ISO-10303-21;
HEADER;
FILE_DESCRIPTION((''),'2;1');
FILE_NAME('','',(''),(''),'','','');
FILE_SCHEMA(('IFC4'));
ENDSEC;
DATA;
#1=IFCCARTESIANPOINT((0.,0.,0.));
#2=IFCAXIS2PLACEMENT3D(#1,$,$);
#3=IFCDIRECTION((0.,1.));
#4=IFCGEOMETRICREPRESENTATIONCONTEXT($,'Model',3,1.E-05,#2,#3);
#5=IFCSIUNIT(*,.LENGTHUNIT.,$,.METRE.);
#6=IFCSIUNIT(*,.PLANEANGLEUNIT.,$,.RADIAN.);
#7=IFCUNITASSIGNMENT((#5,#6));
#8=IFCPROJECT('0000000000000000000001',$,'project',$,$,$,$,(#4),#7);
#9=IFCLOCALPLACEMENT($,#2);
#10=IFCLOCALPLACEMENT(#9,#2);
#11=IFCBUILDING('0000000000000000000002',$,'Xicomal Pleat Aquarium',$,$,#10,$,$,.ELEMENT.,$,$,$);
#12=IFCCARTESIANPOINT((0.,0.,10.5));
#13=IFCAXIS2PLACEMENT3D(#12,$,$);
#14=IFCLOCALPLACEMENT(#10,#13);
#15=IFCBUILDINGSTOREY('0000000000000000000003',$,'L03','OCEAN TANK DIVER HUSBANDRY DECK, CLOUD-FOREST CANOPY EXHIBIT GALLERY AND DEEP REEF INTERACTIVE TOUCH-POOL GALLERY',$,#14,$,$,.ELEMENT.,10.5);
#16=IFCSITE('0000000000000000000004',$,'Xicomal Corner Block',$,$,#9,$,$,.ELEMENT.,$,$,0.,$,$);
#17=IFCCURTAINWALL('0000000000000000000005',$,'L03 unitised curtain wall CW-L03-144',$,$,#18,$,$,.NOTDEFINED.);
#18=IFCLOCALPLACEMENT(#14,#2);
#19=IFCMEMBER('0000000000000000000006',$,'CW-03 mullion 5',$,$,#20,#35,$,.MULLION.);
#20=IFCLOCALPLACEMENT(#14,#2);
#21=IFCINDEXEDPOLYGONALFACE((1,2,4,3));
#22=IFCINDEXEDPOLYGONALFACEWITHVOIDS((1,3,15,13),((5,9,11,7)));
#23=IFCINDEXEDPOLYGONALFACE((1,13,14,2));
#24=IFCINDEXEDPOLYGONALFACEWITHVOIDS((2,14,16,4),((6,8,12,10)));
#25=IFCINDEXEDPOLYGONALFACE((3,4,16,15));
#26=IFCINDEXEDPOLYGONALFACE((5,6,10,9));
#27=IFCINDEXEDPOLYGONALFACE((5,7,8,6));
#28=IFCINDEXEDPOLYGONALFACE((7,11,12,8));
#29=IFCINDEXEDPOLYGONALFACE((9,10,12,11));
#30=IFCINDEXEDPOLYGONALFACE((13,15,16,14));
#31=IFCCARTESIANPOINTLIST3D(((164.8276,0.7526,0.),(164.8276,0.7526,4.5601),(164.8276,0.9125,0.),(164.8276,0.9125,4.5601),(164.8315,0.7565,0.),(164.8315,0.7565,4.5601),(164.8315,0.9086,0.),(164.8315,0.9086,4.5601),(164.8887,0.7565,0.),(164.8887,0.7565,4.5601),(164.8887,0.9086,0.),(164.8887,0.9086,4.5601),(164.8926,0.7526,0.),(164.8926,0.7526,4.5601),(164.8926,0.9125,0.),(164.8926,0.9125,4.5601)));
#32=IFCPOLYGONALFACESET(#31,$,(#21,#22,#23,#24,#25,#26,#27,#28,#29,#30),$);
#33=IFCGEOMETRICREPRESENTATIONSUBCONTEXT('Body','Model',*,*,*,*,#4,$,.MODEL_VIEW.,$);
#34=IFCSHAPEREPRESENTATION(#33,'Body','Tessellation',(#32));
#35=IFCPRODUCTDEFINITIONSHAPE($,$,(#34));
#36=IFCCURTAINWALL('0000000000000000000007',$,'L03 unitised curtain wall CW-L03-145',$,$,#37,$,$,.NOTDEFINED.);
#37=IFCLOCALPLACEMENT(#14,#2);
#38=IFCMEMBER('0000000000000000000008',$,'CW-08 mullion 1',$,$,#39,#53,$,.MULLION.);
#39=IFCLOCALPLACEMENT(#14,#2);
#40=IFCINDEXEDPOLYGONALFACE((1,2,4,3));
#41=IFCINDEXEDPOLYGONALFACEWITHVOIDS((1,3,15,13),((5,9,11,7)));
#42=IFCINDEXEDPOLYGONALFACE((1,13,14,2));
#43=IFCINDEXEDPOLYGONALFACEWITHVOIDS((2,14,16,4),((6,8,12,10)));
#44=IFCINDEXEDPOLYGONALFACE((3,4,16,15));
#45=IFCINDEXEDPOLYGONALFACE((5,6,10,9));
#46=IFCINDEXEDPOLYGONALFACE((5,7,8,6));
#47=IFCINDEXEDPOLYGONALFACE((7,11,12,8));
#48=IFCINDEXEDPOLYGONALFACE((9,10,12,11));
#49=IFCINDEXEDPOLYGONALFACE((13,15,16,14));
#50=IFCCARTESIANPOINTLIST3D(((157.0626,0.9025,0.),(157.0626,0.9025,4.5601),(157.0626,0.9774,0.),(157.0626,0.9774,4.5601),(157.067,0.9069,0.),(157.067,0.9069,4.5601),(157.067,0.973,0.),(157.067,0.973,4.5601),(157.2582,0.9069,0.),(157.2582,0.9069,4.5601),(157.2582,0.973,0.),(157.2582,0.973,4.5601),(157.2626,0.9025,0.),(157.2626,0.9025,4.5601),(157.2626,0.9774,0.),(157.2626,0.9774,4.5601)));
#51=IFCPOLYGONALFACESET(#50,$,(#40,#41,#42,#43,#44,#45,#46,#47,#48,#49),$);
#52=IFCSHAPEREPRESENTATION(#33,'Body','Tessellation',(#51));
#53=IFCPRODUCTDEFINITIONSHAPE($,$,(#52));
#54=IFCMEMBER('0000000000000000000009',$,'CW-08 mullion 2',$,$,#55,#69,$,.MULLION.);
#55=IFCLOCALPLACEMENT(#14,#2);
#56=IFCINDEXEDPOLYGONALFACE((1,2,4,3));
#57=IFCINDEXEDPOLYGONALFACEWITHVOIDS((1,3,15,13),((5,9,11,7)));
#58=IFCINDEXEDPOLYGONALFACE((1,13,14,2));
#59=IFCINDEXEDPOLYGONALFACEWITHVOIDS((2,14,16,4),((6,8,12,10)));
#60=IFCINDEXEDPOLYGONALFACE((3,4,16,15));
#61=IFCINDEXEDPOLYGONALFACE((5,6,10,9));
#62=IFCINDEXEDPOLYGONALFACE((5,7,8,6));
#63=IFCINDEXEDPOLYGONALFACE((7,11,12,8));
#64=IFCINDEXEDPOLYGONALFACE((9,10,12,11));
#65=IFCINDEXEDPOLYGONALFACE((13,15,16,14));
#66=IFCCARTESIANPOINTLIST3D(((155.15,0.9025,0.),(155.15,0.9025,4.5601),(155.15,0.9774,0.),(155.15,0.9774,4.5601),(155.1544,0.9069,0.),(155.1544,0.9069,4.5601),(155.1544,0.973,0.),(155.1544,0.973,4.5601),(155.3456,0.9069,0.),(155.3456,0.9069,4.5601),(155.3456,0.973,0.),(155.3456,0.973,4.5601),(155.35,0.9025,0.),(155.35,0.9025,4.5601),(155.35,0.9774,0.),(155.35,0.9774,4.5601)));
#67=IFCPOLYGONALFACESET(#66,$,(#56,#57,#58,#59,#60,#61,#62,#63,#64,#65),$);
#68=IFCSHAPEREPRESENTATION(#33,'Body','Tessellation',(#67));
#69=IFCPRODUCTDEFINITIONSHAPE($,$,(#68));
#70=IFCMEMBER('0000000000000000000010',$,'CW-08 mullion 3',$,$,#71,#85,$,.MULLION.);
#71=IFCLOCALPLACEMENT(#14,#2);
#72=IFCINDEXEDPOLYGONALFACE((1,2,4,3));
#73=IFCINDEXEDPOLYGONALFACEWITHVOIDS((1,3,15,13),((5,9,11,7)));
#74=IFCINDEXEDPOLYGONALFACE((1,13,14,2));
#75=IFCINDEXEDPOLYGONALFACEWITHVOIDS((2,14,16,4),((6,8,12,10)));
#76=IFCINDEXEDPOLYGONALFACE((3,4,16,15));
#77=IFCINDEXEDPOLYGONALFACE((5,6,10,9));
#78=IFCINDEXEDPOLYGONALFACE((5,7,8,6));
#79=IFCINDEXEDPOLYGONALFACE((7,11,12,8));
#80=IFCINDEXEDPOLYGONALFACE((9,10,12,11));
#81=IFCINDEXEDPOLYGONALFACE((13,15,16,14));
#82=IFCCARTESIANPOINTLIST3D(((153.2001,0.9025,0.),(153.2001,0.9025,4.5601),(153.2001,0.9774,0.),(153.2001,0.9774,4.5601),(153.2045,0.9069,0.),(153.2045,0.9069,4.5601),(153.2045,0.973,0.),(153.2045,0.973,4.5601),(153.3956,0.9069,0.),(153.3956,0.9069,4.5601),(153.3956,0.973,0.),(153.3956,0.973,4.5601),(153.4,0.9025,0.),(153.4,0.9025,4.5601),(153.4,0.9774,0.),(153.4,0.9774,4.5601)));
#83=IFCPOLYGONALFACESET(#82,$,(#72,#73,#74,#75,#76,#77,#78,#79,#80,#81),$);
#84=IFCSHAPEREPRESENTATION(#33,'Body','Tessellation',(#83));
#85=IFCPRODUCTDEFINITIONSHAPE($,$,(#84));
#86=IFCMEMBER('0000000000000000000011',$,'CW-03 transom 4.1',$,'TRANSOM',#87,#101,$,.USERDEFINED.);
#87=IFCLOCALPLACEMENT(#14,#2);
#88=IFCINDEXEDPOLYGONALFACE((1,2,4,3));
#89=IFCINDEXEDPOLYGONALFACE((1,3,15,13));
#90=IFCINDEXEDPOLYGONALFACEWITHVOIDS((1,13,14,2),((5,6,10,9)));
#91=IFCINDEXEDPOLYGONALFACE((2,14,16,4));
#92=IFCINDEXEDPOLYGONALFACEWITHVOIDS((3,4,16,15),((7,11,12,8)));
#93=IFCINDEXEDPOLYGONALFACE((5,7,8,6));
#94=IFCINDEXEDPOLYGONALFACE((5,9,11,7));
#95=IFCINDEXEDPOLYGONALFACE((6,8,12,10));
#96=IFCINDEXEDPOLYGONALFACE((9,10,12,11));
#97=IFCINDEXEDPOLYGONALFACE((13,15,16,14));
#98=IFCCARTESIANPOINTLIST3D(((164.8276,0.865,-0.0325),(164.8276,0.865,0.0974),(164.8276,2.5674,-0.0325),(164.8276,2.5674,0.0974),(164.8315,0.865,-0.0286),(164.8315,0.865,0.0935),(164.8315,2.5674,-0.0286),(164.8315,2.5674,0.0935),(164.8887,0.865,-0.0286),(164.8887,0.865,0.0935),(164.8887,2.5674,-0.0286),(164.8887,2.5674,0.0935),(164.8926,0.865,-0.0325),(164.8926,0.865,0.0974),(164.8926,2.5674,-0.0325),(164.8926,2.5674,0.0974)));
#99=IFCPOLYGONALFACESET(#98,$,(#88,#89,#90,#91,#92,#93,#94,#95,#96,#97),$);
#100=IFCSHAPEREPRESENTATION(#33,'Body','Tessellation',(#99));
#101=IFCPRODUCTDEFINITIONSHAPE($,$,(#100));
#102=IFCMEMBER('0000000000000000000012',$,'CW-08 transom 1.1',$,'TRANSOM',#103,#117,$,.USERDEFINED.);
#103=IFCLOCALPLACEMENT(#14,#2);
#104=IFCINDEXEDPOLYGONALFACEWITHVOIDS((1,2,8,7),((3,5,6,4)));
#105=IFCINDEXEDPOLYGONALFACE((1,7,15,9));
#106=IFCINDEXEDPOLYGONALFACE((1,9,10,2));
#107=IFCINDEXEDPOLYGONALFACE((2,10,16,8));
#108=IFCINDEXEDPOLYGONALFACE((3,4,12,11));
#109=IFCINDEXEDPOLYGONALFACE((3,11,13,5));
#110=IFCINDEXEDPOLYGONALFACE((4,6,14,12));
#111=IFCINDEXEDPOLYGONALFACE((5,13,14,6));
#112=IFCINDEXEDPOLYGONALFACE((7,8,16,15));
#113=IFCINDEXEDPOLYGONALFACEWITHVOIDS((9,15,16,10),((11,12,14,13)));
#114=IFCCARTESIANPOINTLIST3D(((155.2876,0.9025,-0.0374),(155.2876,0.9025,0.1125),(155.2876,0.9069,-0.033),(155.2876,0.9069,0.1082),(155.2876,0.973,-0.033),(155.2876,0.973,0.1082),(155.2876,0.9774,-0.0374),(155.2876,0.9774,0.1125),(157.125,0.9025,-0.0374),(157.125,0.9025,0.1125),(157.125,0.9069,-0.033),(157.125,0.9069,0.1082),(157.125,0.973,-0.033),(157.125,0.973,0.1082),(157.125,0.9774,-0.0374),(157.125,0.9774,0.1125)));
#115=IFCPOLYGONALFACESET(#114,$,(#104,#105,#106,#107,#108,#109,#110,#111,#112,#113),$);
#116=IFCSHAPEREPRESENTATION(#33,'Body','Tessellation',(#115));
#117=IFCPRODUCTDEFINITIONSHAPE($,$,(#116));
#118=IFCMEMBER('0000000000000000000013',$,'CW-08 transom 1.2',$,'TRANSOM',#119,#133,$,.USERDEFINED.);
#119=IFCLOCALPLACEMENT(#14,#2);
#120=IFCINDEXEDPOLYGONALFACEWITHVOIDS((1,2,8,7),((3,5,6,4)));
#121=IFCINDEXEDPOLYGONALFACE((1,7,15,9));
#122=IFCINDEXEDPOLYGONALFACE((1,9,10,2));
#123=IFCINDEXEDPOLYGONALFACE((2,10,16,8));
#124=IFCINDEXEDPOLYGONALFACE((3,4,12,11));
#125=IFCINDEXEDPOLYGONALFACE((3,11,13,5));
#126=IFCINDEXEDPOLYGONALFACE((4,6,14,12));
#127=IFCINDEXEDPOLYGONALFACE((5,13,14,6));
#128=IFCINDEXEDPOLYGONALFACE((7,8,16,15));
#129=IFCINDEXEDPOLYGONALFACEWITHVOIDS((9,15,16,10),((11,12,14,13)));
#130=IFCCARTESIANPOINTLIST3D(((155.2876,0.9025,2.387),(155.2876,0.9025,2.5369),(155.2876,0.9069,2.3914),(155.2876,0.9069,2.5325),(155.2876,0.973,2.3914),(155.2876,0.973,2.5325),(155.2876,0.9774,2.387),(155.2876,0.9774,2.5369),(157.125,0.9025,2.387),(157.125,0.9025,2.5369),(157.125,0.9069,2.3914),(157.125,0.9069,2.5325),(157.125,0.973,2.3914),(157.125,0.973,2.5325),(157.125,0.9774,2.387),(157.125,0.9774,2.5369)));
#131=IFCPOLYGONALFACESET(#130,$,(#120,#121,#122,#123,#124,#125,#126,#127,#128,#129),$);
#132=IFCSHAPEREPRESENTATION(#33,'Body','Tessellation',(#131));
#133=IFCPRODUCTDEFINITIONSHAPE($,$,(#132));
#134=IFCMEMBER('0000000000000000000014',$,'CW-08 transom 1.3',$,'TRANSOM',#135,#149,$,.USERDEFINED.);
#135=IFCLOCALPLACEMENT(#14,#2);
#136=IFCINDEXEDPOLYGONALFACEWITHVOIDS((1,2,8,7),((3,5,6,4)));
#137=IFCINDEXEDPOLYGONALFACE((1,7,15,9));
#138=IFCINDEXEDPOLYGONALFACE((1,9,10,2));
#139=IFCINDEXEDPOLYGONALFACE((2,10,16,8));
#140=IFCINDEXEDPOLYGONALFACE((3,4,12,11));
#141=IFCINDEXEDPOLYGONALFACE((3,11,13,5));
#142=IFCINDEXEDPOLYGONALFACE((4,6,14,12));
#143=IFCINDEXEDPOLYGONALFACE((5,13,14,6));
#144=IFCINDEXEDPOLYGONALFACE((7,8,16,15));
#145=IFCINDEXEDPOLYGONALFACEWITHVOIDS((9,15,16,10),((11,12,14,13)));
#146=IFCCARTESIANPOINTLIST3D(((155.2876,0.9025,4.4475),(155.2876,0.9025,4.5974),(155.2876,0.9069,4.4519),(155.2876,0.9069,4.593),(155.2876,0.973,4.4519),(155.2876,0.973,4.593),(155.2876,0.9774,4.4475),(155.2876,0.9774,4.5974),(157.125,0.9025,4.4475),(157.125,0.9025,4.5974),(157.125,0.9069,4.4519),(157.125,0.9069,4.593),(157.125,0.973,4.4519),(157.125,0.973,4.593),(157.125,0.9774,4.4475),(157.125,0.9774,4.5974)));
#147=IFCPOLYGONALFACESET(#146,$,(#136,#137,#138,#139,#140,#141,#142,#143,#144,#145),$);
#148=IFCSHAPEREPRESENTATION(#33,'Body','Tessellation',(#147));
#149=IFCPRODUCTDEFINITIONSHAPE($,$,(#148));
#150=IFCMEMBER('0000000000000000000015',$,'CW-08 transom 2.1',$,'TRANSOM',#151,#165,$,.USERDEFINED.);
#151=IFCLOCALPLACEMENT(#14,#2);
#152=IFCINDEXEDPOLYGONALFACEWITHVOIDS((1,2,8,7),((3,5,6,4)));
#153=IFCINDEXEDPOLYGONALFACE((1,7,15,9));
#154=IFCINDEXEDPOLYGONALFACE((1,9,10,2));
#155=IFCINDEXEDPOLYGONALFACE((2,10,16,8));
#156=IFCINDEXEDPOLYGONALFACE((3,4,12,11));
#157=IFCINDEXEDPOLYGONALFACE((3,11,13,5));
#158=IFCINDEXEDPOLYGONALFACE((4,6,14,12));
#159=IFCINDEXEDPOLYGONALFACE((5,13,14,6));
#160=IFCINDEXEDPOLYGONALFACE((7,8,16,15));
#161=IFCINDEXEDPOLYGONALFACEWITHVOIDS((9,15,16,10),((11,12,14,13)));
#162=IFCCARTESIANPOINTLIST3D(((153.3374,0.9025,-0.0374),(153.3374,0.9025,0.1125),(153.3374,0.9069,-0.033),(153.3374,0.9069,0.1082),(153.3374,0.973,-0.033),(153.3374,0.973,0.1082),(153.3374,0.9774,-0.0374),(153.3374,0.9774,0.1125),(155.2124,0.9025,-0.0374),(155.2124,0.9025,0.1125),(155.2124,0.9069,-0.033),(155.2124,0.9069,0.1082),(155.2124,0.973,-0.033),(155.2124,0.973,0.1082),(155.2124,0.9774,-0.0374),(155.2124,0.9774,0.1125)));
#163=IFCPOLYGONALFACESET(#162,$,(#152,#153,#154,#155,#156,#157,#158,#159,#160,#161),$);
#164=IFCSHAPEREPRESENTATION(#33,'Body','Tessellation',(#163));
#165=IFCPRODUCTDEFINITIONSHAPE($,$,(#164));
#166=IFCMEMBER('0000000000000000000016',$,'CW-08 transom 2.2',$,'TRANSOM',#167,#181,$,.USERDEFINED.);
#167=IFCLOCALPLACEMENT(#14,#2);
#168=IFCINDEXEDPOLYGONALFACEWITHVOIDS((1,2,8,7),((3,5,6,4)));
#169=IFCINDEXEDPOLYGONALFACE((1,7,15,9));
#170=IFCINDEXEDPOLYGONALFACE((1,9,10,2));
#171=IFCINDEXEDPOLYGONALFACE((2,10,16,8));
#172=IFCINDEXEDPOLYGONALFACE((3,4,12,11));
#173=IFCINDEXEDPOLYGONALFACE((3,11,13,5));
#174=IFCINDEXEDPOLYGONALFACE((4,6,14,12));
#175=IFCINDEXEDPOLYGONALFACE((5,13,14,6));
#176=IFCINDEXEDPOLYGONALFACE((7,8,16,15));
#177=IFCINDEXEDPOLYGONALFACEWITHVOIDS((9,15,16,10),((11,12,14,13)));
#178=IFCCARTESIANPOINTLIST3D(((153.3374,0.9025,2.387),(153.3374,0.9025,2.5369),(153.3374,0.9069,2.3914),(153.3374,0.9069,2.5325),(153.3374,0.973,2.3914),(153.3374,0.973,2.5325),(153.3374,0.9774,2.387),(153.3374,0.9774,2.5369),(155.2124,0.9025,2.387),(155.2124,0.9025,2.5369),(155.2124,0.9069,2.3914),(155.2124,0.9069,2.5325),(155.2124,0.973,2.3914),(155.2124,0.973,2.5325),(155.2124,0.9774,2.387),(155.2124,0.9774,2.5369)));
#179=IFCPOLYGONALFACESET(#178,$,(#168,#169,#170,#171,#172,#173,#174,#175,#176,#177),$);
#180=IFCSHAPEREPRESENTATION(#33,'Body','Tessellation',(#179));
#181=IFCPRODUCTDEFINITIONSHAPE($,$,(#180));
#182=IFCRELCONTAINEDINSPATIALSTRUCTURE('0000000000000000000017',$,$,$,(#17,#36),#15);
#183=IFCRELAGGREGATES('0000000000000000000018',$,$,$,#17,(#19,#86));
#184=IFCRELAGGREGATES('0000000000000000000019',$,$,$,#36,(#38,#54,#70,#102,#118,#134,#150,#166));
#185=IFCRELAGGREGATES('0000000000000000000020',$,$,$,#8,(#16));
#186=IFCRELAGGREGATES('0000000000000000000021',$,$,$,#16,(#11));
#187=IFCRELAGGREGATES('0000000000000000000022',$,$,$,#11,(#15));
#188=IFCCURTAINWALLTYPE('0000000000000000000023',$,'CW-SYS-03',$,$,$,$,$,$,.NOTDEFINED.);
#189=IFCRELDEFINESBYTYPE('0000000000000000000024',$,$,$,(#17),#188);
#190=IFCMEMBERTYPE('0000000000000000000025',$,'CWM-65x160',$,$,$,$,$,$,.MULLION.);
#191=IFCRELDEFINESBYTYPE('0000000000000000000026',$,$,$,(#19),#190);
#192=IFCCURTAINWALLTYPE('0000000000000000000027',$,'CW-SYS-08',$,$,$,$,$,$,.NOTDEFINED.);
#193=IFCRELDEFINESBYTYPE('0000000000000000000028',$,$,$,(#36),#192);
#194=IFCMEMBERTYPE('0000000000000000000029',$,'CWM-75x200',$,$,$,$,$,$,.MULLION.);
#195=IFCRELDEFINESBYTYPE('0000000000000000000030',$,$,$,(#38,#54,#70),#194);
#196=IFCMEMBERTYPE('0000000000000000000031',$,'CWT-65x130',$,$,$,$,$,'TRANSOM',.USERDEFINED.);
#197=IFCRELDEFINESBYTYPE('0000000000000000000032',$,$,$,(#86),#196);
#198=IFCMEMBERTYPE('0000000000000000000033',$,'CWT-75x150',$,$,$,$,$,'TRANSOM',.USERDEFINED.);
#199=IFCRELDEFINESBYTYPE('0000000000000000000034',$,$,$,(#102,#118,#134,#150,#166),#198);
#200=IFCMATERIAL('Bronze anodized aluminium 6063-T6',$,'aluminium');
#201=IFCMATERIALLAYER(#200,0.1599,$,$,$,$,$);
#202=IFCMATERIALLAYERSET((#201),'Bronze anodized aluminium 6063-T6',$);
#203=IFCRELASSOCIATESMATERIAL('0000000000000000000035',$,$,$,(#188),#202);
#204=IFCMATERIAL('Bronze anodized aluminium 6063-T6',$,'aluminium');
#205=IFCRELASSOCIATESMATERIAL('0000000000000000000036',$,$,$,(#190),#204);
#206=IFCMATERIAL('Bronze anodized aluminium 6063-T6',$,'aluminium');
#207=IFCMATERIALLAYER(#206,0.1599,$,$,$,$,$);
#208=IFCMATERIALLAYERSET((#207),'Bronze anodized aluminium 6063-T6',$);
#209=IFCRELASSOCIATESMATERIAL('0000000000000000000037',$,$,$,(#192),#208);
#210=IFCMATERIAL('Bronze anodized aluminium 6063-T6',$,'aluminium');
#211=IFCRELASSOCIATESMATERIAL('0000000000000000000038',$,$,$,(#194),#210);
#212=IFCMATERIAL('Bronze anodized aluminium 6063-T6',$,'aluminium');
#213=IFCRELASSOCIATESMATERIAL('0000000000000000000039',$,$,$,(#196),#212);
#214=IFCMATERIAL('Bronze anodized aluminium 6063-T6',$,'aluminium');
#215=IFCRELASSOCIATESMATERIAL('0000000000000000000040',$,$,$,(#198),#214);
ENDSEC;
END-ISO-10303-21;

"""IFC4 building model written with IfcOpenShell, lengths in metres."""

from ifc_helpers import new_model, si_unit, direction, frame, origin, origin_2d, place, context, subcontext, project, spatial, hollow_rectangle, extrude, material, layer, layer_set, material_profile, profile_set, type_object, element, aggregate, save


model = new_model("IFC4")

# Units and contexts
model_context = context("Model", 3, precision=1e-05, world=origin(), true_north=direction((0.0, 1.0)))
body_context = subcontext(model_context, "Body", "Model", "MODEL_VIEW")
ifc_project = project(units=[si_unit("LENGTHUNIT", "METRE"), si_unit("PLANEANGLEUNIT", "RADIAN")], contexts=[model_context])

# Site, building, storey
site_placement = place(None, origin())
site = spatial("IfcSite", under=ifc_project, at=site_placement, Name="Xicomal Corner Block", CompositionType="ELEMENT", RefElevation=0.0)
building_placement = place(site_placement, origin())
building = spatial("IfcBuilding", under=site, at=building_placement, Name="Xicomal Pleat Aquarium", CompositionType="ELEMENT")
storey_placement = place(building_placement, frame((0.0, 0.0, 10.5)))
storey = spatial("IfcBuildingStorey", under=building, at=storey_placement, Name="L03", Description="OCEAN TANK DIVER HUSBANDRY DECK, CLOUD-FOREST CANOPY EXHIBIT GALLERY AND DEEP REEF INTERACTIVE TOUCH-POOL GALLERY", CompositionType="ELEMENT", Elevation=10.5)

# Curtain wall, member
ifc_material_1 = material(Name="Bronze anodized aluminium 6063-T6", Category="aluminium")
ifc_layer_1 = layer(ifc_material_1, 0.1599)
ifc_layer_set_1 = layer_set([ifc_layer_1], Name="Bronze anodized aluminium 6063-T6")
curtain_wall_type_1 = type_object("IfcCurtainWallType", Name="CW-SYS-03", PredefinedType="NOTDEFINED", material=ifc_layer_set_1)
curtain_wall_1_placement = place(storey_placement, origin())
curtain_wall_1 = element("IfcCurtainWall", 1, at=curtain_wall_1_placement, inside=storey, type_object=curtain_wall_type_1, Name="L03 unitised curtain wall CW-L03-144", PredefinedType="NOTDEFINED")
ifc_material_2 = material(Name="Bronze anodized aluminium 6063-T6", Category="aluminium")
ifc_material_profile_1 = material_profile(ifc_material_2, hollow_rectangle(XDim=0.0649, YDim=0.1599, WallThickness=0.0039, at=origin_2d()), Name="ALU MULL 65x160")
ifc_profile_set_1 = profile_set([ifc_material_profile_1], Name="Bronze anodized aluminium 6063-T6")
member_type_1 = type_object("IfcMemberType", Name="CWM-65x160", PredefinedType="MULLION", material=ifc_profile_set_1)
member_1_placement = place(storey_placement, frame((164.8601, 0.8325, 0.0), z_axis=(0.0, 0.0, 1.0), x_axis=(1.0, 0.0, 0.0)))
member_1 = element("IfcMember", 2, at=member_1_placement, type_object=member_type_1, Name="CW-03 mullion 5", PredefinedType="MULLION", context=body_context, shape_type="SweptSolid", body=[
    extrude(hollow_rectangle(XDim=0.0649, YDim=0.1599, WallThickness=0.0039, at=origin_2d()), origin(), (0.0, 0.0, 1.0), 4.5601),
])

# Curtain wall, members
ifc_material_3 = material(Name="Bronze anodized aluminium 6063-T6", Category="aluminium")
ifc_layer_2 = layer(ifc_material_3, 0.1599)
ifc_layer_set_2 = layer_set([ifc_layer_2], Name="Bronze anodized aluminium 6063-T6")
curtain_wall_type_2 = type_object("IfcCurtainWallType", Name="CW-SYS-08", PredefinedType="NOTDEFINED", material=ifc_layer_set_2)
curtain_wall_2_placement = place(storey_placement, origin())
curtain_wall_2 = element("IfcCurtainWall", 3, at=curtain_wall_2_placement, inside=storey, type_object=curtain_wall_type_2, Name="L03 unitised curtain wall CW-L03-145", PredefinedType="NOTDEFINED")
ifc_material_4 = material(Name="Bronze anodized aluminium 6063-T6", Category="aluminium")
ifc_material_profile_2 = material_profile(ifc_material_4, hollow_rectangle(XDim=0.075, YDim=0.2, WallThickness=0.0044, at=origin_2d()), Name="ALU MULL 75x200")
ifc_profile_set_2 = profile_set([ifc_material_profile_2], Name="Bronze anodized aluminium 6063-T6")
member_type_2 = type_object("IfcMemberType", Name="CWM-75x200", PredefinedType="MULLION", material=ifc_profile_set_2)
member_2_placement = place(storey_placement, frame((157.1626, 0.9399, 0.0), z_axis=(0.0, 0.0, 1.0), x_axis=(0.0, -1.0, 0.0)))
member_2 = element("IfcMember", 4, at=member_2_placement, type_object=member_type_2, Name="CW-08 mullion 1", PredefinedType="MULLION", context=body_context, shape_type="SweptSolid", body=[
    extrude(hollow_rectangle(XDim=0.075, YDim=0.2, WallThickness=0.0044, at=origin_2d()), origin(), (0.0, 0.0, 1.0), 4.5601),
])
member_3_placement = place(storey_placement, frame((155.25, 0.9399, 0.0), z_axis=(0.0, 0.0, 1.0), x_axis=(0.0, -1.0, 0.0)))
member_3 = element("IfcMember", 5, at=member_3_placement, type_object=member_type_2, Name="CW-08 mullion 2", PredefinedType="MULLION", context=body_context, shape_type="SweptSolid", body=[
    extrude(hollow_rectangle(XDim=0.075, YDim=0.2, WallThickness=0.0044, at=origin_2d()), origin(), (0.0, 0.0, 1.0), 4.5601),
])
member_4_placement = place(storey_placement, frame((153.3, 0.9399, 0.0), z_axis=(0.0, 0.0, 1.0), x_axis=(0.0, -1.0, 0.0)))
member_4 = element("IfcMember", 6, at=member_4_placement, type_object=member_type_2, Name="CW-08 mullion 3", PredefinedType="MULLION", context=body_context, shape_type="SweptSolid", body=[
    extrude(hollow_rectangle(XDim=0.075, YDim=0.2, WallThickness=0.0044, at=origin_2d()), origin(), (0.0, 0.0, 1.0), 4.5601),
])

# Members
ifc_material_5 = material(Name="Bronze anodized aluminium 6063-T6", Category="aluminium")
ifc_material_profile_3 = material_profile(ifc_material_5, hollow_rectangle(XDim=0.0649, YDim=0.1299, WallThickness=0.0039, at=origin_2d()), Name="ALU TRAN 65x130")
ifc_profile_set_3 = profile_set([ifc_material_profile_3], Name="Bronze anodized aluminium 6063-T6")
member_type_3 = type_object("IfcMemberType", Name="CWT-65x130", ElementType="TRANSOM", PredefinedType="USERDEFINED", material=ifc_profile_set_3)
member_5_placement = place(storey_placement, frame((164.8601, 2.5674, 0.0325), z_axis=(0.0, -1.0, 0.0), x_axis=(1.0, 0.0, 0.0)))
member_5 = element("IfcMember", 7, at=member_5_placement, type_object=member_type_3, Name="CW-03 transom 4.1", ObjectType="TRANSOM", PredefinedType="USERDEFINED", context=body_context, shape_type="SweptSolid", body=[
    extrude(hollow_rectangle(XDim=0.0649, YDim=0.1299, WallThickness=0.0039, at=origin_2d()), origin(), (0.0, 0.0, 1.0), 1.7024),
])
ifc_material_6 = material(Name="Bronze anodized aluminium 6063-T6", Category="aluminium")
ifc_material_profile_4 = material_profile(ifc_material_6, hollow_rectangle(XDim=0.075, YDim=0.1499, WallThickness=0.0044, at=origin_2d()), Name="ALU TRAN 75x150")
ifc_profile_set_4 = profile_set([ifc_material_profile_4], Name="Bronze anodized aluminium 6063-T6")
member_type_4 = type_object("IfcMemberType", Name="CWT-75x150", ElementType="TRANSOM", PredefinedType="USERDEFINED", material=ifc_profile_set_4)
member_6_placement = place(storey_placement, frame((157.125, 0.9399, 0.0376), z_axis=(-1.0, 0.0, 0.0), x_axis=(0.0, -1.0, 0.0)))
member_6 = element("IfcMember", 8, at=member_6_placement, type_object=member_type_4, Name="CW-08 transom 1.1", ObjectType="TRANSOM", PredefinedType="USERDEFINED", context=body_context, shape_type="SweptSolid", body=[
    extrude(hollow_rectangle(XDim=0.075, YDim=0.1499, WallThickness=0.0044, at=origin_2d()), origin(), (0.0, 0.0, 1.0), 1.8374),
])
member_7_placement = place(storey_placement, frame((157.125, 0.9399, 2.4619), z_axis=(-1.0, 0.0, 0.0), x_axis=(0.0, -1.0, 0.0)))
member_7 = element("IfcMember", 9, at=member_7_placement, type_object=member_type_4, Name="CW-08 transom 1.2", ObjectType="TRANSOM", PredefinedType="USERDEFINED", context=body_context, shape_type="SweptSolid", body=[
    extrude(hollow_rectangle(XDim=0.075, YDim=0.1499, WallThickness=0.0044, at=origin_2d()), origin(), (0.0, 0.0, 1.0), 1.8374),
])
member_8_placement = place(storey_placement, frame((157.125, 0.9399, 4.5225), z_axis=(-1.0, 0.0, 0.0), x_axis=(0.0, -1.0, 0.0)))
member_8 = element("IfcMember", 10, at=member_8_placement, type_object=member_type_4, Name="CW-08 transom 1.3", ObjectType="TRANSOM", PredefinedType="USERDEFINED", context=body_context, shape_type="SweptSolid", body=[
    extrude(hollow_rectangle(XDim=0.075, YDim=0.1499, WallThickness=0.0044, at=origin_2d()), origin(), (0.0, 0.0, 1.0), 1.8374),
])
member_9_placement = place(storey_placement, frame((155.2124, 0.9399, 0.0376), z_axis=(-1.0, 0.0, 0.0), x_axis=(0.0, -1.0, 0.0)))
member_9 = element("IfcMember", 11, at=member_9_placement, type_object=member_type_4, Name="CW-08 transom 2.1", ObjectType="TRANSOM", PredefinedType="USERDEFINED", context=body_context, shape_type="SweptSolid", body=[
    extrude(hollow_rectangle(XDim=0.075, YDim=0.1499, WallThickness=0.0044, at=origin_2d()), origin(), (0.0, 0.0, 1.0), 1.875),
])
member_10_placement = place(storey_placement, frame((155.2124, 0.9399, 2.4619), z_axis=(-1.0, 0.0, 0.0), x_axis=(0.0, -1.0, 0.0)))
member_10 = element("IfcMember", 12, at=member_10_placement, type_object=member_type_4, Name="CW-08 transom 2.2", ObjectType="TRANSOM", PredefinedType="USERDEFINED", context=body_context, shape_type="SweptSolid", body=[
    extrude(hollow_rectangle(XDim=0.075, YDim=0.1499, WallThickness=0.0044, at=origin_2d()), origin(), (0.0, 0.0, 1.0), 1.875),
])

aggregate(curtain_wall_1, [member_1, member_5])
aggregate(curtain_wall_2, [member_2, member_3, member_4, member_6, member_7, member_8, member_9, member_10])

save(model, "model.ifc")
